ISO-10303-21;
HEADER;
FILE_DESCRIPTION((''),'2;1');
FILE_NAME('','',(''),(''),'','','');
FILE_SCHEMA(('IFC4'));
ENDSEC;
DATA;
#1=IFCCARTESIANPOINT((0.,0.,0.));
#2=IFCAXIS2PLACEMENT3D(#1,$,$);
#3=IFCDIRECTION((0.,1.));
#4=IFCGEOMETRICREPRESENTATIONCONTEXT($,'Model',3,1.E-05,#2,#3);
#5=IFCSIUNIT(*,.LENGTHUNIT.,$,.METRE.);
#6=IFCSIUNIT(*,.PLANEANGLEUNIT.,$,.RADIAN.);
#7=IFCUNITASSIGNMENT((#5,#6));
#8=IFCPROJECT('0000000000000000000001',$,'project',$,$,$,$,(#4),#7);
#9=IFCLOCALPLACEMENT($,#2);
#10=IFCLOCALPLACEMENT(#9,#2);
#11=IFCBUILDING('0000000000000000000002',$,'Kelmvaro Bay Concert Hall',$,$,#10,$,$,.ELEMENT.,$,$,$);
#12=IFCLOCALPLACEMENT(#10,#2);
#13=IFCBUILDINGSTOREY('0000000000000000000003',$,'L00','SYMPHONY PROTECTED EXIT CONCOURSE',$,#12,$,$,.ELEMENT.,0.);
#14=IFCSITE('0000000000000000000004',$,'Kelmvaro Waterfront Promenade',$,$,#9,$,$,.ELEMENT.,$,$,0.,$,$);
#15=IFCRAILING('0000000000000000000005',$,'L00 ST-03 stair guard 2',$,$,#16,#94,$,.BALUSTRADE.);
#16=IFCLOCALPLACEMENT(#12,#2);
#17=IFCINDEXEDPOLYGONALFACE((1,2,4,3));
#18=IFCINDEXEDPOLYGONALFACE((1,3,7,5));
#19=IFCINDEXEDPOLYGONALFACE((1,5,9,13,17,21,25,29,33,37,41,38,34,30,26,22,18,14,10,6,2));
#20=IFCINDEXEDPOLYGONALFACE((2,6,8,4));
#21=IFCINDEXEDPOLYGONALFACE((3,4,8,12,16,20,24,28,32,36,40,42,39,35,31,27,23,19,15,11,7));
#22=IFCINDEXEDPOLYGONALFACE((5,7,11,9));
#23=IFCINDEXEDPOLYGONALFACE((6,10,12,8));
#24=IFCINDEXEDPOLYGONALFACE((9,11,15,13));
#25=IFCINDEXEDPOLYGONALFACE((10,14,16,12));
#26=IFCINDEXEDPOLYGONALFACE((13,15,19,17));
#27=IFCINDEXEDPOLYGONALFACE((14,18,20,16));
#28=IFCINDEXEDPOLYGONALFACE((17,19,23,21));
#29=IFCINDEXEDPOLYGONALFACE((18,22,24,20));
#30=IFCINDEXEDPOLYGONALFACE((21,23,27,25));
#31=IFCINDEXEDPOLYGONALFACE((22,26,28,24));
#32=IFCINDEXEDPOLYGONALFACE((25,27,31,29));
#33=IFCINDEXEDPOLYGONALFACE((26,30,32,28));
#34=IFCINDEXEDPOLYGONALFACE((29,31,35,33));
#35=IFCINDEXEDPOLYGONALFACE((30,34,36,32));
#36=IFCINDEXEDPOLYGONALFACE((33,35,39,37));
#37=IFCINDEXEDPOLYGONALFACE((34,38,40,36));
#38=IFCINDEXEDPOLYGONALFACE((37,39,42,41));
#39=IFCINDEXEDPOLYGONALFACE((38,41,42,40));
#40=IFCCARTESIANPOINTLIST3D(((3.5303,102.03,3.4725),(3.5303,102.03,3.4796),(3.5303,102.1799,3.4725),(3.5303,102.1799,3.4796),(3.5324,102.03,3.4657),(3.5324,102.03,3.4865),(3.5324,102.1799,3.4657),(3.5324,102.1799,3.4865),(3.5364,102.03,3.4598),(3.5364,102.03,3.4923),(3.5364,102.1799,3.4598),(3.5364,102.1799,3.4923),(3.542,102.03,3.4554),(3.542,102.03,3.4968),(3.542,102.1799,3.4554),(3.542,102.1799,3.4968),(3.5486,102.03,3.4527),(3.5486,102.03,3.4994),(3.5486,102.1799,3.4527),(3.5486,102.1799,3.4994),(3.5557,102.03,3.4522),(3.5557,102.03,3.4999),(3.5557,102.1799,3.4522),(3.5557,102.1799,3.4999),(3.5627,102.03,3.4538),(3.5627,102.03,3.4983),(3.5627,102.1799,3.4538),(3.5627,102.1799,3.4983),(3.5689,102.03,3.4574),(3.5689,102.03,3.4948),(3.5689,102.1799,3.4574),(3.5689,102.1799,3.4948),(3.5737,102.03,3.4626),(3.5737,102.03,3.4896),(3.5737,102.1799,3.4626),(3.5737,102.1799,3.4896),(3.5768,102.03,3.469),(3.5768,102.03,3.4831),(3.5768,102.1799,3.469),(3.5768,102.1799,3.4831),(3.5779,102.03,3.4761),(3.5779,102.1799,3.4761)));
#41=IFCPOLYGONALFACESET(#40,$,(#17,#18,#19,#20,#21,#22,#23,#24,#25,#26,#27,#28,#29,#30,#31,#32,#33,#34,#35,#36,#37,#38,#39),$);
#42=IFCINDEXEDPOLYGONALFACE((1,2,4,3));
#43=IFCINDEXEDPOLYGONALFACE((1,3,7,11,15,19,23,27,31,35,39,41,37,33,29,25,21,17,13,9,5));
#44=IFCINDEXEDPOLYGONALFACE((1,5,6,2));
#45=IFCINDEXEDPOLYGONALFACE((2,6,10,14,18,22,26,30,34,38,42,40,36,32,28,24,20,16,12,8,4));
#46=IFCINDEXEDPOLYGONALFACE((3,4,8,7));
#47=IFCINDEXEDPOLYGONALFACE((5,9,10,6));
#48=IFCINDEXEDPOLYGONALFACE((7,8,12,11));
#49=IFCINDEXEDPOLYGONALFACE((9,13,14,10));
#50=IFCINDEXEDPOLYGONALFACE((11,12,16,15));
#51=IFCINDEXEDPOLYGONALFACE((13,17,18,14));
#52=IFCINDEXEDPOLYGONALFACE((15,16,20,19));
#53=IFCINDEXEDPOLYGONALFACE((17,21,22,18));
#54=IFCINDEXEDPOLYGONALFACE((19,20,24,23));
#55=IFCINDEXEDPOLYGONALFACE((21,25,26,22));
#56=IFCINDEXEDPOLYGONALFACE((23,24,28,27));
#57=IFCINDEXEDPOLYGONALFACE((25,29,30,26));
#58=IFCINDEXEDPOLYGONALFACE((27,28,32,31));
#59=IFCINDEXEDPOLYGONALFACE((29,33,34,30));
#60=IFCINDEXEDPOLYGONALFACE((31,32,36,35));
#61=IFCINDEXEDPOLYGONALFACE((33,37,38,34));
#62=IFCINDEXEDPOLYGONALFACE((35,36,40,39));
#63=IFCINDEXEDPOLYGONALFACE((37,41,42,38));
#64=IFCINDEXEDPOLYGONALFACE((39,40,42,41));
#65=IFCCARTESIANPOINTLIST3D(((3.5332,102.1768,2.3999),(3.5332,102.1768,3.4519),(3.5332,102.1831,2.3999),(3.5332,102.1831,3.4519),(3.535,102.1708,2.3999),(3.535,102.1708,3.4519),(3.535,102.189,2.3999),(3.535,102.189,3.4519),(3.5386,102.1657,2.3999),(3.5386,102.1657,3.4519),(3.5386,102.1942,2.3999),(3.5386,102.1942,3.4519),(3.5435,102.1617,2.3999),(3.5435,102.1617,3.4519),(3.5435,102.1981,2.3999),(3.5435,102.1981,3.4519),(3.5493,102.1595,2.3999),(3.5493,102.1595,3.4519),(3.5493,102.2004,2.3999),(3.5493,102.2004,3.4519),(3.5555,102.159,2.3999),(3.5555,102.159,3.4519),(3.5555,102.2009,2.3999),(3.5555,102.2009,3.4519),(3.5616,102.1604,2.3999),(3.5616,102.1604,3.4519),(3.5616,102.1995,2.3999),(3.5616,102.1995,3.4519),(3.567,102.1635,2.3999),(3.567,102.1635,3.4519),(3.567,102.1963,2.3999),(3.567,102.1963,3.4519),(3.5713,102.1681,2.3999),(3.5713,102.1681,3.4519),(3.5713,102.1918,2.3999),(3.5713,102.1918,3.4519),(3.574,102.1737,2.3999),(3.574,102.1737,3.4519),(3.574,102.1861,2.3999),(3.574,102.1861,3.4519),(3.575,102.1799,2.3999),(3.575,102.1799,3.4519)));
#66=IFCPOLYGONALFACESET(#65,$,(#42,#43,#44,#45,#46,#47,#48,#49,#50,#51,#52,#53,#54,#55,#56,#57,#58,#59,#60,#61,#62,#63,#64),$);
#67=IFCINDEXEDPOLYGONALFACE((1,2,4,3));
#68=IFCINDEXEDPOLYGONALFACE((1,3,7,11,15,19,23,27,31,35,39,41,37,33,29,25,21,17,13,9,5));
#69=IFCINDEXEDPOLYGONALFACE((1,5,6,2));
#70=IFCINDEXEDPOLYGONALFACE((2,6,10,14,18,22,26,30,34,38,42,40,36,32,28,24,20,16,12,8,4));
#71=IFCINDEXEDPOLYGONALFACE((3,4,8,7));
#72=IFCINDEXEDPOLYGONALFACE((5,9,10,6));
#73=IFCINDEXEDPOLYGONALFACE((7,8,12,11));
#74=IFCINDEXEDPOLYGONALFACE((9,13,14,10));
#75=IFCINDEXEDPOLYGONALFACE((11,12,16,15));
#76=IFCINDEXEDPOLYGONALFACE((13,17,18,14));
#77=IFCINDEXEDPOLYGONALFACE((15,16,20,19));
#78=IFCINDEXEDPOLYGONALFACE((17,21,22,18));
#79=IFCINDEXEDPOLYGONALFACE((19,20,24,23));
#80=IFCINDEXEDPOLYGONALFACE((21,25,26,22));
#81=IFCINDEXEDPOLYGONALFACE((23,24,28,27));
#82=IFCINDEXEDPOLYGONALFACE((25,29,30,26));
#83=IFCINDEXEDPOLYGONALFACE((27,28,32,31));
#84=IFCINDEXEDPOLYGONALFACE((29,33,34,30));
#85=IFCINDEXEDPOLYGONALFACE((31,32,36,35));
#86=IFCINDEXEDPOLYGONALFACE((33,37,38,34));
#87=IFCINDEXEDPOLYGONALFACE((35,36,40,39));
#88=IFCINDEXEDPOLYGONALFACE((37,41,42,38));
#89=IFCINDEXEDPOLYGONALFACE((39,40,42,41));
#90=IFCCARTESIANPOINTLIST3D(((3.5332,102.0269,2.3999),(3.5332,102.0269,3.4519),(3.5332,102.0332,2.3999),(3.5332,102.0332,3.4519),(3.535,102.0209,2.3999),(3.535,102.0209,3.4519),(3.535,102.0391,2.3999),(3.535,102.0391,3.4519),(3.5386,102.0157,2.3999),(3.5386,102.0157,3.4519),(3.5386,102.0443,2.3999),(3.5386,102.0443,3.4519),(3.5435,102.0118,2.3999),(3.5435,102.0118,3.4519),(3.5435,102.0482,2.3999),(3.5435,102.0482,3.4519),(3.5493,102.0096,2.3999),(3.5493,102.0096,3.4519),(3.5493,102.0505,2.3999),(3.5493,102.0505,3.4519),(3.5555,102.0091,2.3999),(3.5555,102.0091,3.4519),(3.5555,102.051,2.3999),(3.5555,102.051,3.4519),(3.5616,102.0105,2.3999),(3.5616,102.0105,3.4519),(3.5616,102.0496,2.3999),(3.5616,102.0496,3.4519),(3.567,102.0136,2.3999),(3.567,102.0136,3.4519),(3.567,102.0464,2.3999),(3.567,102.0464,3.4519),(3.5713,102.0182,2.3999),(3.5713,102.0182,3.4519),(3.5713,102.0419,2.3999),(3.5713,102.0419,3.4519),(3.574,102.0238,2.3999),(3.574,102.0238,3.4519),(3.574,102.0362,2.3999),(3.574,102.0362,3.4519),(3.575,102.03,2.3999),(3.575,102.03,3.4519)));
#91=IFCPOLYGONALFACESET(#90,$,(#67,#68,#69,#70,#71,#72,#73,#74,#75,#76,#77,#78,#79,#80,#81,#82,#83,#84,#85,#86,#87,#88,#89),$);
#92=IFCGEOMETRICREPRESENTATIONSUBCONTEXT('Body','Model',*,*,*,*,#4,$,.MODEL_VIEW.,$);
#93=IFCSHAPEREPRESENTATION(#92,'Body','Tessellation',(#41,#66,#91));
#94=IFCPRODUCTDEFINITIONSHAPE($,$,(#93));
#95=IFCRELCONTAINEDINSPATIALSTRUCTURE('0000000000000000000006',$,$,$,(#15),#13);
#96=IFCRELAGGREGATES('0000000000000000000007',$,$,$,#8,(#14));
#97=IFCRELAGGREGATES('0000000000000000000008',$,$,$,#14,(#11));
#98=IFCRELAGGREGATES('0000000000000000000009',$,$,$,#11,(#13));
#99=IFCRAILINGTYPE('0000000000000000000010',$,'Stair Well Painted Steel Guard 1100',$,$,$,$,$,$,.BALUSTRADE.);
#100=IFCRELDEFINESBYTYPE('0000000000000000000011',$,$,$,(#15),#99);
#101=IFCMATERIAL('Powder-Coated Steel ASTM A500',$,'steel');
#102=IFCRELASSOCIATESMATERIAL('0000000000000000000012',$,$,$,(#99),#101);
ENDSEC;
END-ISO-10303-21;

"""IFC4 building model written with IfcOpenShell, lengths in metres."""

from ifc_helpers import new_model, si_unit, direction, frame, origin, origin_2d, place, context, subcontext, project, spatial, circle, extrude, material, type_object, element, save


model = new_model("IFC4")

# Units and contexts
model_context = context("Model", 3, precision=1e-05, world=origin(), true_north=direction((0.0, 1.0)))
body_context = subcontext(model_context, "Body", "Model", "MODEL_VIEW")
ifc_project = project(units=[si_unit("LENGTHUNIT", "METRE"), si_unit("PLANEANGLEUNIT", "RADIAN")], contexts=[model_context])

# Site, building, storey
site_placement = place(None, origin())
site = spatial("IfcSite", under=ifc_project, at=site_placement, Name="Kelmvaro Waterfront Promenade", CompositionType="ELEMENT", RefElevation=0.0)
building_placement = place(site_placement, origin())
building = spatial("IfcBuilding", under=site, at=building_placement, Name="Kelmvaro Bay Concert Hall", CompositionType="ELEMENT")
storey_placement = place(building_placement, origin())
storey = spatial("IfcBuildingStorey", under=building, at=storey_placement, Name="L00", Description="SYMPHONY PROTECTED EXIT CONCOURSE", CompositionType="ELEMENT", Elevation=0.0)

# Railing
ifc_material_1 = material(Name="Powder-Coated Steel ASTM A500", Category="steel")
railing_type_1 = type_object("IfcRailingType", Name="Stair Well Painted Steel Guard 1100", PredefinedType="BALUSTRADE", material=ifc_material_1)
railing_1_placement = place(storey_placement, frame((3.554, 102.1799, 2.3999)))
element("IfcRailing", 1, at=railing_1_placement, inside=storey, type_object=railing_type_1, Name="L00 ST-03 stair guard 2", PredefinedType="BALUSTRADE", context=body_context, shape_type="SweptSolid", body=[
    extrude(circle(Radius=0.0239, at=origin_2d()), frame((0.0, 0.0, 1.0762), z_axis=(0.0, -1.0, 0.0), x_axis=(1.0, 0.0, 0.0)), (0.0, 0.0, 1.0), 0.1499),
    extrude(circle(Radius=0.021, at=origin_2d()), origin(), (0.0, 0.0, 1.0), 1.052),
    extrude(circle(Radius=0.021, at=origin_2d()), frame((0.0, -0.1499, 0.0)), (0.0, 0.0, 1.0), 1.052),
])

save(model, "model.ifc")
